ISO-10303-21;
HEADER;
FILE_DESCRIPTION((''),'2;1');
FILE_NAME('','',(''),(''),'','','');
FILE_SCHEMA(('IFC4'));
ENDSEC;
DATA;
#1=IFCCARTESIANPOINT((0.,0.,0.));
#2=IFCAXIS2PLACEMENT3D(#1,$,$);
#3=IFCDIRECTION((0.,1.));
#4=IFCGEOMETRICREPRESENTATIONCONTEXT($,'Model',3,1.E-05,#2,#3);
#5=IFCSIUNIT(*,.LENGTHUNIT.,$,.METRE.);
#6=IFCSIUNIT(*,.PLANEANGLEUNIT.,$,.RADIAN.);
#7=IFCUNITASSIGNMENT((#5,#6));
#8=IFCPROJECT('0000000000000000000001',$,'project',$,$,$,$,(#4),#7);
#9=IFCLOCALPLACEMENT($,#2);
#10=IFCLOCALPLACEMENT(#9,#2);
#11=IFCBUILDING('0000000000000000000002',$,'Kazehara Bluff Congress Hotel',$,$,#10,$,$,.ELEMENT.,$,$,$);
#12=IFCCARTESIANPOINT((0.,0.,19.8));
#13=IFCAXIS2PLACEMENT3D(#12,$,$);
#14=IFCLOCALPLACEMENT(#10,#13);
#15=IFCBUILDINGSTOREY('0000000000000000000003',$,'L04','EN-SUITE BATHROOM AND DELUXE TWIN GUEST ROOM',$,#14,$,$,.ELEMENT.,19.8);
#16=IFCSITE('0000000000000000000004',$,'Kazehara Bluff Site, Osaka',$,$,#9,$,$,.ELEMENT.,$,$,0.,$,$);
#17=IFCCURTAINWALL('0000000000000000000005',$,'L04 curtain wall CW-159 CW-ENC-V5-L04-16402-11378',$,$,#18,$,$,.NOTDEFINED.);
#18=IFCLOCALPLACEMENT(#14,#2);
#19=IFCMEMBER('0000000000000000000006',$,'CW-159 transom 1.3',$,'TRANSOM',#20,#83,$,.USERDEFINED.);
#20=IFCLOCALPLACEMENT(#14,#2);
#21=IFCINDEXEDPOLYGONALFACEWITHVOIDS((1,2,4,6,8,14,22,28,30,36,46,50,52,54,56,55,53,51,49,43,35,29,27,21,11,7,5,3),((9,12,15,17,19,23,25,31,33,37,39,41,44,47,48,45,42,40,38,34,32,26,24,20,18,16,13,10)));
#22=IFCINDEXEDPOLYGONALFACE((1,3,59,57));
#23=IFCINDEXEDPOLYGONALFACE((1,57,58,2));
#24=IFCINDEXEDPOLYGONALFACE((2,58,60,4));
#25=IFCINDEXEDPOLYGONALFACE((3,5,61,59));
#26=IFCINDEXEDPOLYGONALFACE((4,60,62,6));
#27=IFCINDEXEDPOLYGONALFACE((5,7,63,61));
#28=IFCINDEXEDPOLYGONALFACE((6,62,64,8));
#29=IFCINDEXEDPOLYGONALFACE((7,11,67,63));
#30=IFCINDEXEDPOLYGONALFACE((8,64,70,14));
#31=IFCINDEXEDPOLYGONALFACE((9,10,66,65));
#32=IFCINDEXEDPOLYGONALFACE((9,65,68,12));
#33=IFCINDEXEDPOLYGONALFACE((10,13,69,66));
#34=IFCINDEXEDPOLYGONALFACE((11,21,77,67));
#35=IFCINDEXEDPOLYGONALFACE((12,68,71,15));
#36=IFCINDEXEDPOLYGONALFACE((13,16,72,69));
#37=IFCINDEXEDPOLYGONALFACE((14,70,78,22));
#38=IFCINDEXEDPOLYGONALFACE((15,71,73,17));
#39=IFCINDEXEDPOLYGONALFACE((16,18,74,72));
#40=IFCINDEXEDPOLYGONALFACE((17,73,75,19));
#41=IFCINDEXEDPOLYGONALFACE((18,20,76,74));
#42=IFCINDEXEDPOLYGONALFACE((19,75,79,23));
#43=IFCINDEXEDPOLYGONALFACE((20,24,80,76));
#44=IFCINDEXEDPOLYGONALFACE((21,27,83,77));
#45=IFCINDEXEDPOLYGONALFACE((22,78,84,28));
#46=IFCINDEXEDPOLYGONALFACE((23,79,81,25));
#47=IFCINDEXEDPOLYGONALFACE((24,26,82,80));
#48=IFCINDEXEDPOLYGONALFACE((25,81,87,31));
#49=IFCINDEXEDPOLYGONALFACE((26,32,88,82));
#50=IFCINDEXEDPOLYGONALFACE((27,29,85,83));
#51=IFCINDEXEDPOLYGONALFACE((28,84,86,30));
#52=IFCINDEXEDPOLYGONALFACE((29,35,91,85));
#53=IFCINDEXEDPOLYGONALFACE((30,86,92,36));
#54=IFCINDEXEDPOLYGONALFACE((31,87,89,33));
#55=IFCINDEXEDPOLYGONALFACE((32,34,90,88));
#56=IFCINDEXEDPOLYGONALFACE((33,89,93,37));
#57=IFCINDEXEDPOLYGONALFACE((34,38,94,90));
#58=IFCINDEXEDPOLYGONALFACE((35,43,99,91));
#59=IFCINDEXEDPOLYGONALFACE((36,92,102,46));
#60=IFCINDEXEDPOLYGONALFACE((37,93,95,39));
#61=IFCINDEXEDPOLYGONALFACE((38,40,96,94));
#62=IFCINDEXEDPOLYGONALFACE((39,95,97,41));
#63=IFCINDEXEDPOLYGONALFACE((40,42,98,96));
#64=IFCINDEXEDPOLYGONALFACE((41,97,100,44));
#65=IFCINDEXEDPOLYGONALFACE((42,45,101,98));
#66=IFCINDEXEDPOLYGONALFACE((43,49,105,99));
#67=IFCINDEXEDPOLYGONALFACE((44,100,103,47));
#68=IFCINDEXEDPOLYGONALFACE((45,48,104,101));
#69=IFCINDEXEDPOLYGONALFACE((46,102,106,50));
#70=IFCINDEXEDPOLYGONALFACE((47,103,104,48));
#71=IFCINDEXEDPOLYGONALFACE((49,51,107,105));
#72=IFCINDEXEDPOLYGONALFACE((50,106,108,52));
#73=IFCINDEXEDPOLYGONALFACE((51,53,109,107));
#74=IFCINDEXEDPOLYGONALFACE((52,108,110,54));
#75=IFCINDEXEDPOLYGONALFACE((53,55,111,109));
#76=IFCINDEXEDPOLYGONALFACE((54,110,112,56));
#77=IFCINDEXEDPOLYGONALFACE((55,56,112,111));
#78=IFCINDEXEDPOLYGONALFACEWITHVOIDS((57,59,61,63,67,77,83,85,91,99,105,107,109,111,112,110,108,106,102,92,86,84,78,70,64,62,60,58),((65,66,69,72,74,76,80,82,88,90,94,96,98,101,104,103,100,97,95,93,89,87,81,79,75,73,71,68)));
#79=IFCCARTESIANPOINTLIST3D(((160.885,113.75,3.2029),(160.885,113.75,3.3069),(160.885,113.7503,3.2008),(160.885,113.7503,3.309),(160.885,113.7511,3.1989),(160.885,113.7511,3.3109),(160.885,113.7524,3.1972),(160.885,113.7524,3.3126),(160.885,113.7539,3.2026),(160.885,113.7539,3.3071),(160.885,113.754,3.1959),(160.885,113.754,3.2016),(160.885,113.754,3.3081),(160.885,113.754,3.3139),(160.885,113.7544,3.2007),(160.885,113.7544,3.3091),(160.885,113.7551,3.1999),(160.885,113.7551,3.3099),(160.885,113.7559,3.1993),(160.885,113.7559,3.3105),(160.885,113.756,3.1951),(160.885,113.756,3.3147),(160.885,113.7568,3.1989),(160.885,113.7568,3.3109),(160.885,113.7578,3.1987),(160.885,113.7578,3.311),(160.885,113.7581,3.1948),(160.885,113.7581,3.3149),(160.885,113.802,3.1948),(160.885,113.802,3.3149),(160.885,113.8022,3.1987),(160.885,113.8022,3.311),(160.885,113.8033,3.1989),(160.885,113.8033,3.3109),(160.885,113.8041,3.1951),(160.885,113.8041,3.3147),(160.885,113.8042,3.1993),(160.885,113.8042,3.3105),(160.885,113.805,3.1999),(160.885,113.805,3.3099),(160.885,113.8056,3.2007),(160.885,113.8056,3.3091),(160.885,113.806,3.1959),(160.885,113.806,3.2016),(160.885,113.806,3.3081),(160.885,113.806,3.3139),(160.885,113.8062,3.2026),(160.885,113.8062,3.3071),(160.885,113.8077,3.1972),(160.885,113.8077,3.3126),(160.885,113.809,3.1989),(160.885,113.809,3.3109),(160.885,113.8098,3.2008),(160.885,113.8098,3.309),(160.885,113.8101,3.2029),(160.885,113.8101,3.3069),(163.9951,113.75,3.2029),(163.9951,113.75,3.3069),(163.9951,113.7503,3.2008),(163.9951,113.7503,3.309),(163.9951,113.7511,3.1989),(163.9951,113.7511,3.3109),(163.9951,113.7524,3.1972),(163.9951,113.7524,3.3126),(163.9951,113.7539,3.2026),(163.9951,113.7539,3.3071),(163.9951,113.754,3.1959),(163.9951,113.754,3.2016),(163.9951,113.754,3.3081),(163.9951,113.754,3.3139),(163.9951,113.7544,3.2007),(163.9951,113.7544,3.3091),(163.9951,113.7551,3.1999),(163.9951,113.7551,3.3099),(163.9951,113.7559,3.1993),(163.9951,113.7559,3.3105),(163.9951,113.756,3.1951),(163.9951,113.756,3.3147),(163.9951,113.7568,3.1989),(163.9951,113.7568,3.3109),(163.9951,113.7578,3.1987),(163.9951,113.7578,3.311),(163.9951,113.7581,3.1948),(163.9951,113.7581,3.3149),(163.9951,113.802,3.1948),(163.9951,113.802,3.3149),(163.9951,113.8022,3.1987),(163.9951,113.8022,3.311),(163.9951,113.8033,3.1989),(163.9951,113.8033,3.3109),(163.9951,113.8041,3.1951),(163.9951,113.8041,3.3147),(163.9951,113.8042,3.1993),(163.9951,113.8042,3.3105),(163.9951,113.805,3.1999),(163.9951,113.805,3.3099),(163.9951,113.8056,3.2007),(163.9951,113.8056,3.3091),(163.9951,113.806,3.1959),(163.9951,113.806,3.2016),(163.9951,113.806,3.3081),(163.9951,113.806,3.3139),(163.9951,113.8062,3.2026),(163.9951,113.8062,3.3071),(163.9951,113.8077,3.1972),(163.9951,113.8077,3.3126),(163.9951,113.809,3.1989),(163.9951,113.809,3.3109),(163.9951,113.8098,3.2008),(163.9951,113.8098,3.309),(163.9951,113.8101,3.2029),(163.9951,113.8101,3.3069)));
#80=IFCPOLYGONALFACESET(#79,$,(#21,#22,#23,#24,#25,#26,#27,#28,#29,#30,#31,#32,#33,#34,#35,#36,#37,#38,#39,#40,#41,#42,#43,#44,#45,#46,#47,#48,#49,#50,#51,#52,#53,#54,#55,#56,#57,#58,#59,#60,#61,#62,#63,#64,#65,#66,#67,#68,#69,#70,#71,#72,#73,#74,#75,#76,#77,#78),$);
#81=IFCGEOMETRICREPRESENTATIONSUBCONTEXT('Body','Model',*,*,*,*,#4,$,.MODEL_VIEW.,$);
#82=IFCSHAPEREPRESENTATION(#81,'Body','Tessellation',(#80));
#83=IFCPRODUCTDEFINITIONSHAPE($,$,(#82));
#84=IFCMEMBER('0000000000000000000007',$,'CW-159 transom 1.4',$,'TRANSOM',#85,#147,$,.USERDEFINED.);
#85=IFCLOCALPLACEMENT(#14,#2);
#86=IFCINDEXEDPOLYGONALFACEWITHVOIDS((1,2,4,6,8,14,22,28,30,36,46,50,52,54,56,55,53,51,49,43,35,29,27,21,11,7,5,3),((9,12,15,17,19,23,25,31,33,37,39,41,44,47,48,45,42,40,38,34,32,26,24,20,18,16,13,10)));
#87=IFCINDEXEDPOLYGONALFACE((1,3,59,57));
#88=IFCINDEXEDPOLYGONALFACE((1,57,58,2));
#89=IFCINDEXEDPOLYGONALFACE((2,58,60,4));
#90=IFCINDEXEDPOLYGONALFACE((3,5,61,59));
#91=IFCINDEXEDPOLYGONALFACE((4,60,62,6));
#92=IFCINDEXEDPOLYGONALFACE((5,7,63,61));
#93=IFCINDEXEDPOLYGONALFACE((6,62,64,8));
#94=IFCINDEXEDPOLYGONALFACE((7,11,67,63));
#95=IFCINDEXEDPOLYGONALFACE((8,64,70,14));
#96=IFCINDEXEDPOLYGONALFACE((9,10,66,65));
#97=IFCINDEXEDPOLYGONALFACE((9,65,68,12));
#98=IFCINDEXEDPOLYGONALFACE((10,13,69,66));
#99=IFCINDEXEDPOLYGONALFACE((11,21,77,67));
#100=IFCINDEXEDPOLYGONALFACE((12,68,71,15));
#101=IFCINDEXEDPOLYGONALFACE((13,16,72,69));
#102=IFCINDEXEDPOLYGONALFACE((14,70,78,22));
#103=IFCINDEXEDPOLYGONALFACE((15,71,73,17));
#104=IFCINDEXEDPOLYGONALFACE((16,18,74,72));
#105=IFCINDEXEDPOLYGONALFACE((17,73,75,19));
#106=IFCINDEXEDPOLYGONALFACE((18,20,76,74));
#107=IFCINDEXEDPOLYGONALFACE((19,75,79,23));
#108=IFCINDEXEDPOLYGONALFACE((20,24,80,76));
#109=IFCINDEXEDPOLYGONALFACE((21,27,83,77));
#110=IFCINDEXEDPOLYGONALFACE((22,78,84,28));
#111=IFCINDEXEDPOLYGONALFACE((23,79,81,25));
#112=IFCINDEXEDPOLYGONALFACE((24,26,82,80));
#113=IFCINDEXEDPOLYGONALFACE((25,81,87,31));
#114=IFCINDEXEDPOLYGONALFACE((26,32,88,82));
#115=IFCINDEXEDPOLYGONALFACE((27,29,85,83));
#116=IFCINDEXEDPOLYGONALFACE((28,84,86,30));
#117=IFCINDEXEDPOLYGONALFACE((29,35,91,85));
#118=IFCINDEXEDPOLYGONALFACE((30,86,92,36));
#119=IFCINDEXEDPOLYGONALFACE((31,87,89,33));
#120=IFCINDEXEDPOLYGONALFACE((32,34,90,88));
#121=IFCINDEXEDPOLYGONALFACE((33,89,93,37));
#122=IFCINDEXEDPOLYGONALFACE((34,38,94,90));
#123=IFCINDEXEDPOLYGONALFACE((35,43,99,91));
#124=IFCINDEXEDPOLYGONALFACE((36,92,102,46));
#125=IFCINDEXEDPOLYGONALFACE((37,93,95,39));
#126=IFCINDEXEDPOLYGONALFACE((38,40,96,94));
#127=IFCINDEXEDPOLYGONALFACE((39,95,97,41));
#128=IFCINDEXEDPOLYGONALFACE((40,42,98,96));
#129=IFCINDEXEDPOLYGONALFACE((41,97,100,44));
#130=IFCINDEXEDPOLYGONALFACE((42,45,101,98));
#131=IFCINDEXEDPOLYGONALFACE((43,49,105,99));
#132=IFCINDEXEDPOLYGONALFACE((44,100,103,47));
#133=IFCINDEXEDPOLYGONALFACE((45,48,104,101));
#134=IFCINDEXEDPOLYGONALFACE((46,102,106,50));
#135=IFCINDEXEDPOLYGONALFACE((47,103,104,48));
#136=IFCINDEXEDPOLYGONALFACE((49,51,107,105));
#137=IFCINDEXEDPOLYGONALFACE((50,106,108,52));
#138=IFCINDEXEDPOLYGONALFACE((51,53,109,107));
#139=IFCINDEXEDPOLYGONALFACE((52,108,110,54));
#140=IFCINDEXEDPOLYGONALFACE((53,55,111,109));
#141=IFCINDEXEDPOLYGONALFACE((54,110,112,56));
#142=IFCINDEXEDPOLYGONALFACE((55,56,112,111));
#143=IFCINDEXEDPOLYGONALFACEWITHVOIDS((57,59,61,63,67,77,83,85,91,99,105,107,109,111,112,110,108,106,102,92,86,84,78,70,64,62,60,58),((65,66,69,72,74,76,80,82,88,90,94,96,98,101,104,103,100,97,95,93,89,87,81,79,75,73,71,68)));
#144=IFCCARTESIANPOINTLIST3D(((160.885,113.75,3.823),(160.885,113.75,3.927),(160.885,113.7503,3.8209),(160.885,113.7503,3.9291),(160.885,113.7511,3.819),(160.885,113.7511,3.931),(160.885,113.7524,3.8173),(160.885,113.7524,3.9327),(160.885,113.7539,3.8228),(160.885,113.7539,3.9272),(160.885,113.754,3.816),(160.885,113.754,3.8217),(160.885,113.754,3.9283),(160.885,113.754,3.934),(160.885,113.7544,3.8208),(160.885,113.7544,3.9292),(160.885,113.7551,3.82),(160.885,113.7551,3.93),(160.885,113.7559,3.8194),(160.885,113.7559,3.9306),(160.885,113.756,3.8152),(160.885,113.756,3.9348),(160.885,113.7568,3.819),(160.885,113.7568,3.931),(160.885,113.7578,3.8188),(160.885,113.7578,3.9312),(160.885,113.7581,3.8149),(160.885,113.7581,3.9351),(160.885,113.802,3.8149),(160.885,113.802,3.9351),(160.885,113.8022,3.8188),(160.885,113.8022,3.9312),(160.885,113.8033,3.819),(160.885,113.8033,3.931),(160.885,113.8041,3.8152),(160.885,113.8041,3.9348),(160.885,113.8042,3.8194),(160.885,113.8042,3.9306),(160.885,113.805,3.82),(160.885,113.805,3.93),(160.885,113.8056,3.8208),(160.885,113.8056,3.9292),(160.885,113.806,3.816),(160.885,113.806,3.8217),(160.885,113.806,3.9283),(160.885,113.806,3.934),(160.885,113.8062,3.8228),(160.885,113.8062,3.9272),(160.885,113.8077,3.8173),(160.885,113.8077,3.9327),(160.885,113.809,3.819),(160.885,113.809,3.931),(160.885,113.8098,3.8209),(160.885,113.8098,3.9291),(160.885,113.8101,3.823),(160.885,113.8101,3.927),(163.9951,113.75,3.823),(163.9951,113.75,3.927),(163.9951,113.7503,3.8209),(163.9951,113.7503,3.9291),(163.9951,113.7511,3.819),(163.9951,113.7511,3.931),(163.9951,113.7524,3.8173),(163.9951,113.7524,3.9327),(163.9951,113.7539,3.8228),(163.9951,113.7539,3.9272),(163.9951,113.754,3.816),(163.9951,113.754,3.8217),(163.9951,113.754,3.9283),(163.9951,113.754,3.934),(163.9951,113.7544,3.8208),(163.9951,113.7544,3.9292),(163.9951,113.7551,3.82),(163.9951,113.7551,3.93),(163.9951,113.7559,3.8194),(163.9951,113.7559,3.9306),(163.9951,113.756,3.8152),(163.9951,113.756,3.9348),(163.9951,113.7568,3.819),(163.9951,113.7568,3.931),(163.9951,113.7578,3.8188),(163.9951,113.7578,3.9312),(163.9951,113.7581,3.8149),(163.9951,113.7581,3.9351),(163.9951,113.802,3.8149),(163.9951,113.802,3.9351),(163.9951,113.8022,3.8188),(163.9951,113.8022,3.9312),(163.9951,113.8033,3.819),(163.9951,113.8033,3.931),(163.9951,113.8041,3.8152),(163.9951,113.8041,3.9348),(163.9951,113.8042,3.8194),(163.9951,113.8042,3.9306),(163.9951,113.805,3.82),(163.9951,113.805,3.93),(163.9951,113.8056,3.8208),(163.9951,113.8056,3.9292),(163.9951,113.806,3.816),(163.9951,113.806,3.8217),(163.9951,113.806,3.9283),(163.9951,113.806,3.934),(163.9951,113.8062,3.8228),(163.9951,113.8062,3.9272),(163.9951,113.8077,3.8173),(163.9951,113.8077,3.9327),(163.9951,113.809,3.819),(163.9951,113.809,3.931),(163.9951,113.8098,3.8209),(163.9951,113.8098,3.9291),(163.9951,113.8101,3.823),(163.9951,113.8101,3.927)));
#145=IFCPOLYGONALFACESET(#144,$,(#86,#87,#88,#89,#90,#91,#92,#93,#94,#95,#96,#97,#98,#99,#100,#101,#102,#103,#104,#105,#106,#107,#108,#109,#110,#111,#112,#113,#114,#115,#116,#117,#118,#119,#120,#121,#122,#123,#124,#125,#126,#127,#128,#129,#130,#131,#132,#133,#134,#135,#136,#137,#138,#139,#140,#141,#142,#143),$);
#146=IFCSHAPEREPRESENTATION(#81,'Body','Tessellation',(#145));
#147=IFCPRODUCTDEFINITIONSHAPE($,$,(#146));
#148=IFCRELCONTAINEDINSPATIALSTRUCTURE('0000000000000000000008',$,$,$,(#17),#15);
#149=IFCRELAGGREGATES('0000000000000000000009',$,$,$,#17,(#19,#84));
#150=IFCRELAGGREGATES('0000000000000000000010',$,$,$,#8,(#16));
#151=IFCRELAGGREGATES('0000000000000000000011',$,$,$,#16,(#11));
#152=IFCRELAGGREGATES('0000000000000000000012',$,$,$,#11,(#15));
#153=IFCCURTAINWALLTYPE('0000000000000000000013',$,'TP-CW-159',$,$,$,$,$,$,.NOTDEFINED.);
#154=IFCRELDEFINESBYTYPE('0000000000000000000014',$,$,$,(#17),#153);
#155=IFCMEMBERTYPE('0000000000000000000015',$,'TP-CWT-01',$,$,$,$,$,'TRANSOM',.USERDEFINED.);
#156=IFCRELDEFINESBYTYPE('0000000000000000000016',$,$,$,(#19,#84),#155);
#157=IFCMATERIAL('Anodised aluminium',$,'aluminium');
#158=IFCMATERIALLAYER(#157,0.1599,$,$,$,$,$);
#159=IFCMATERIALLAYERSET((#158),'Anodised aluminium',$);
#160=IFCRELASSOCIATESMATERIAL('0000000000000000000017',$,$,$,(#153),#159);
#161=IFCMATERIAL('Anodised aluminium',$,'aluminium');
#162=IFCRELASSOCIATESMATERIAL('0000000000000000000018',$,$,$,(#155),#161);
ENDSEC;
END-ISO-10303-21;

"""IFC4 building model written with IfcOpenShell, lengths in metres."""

from ifc_helpers import new_model, si_unit, direction, frame, origin, origin_2d, place, context, subcontext, project, spatial, hollow_rectangle, extrude, material, layer, layer_set, material_profile, profile_set, type_object, element, aggregate, save


model = new_model("IFC4")

# Units and contexts
model_context = context("Model", 3, precision=1e-05, world=origin(), true_north=direction((0.0, 1.0)))
body_context = subcontext(model_context, "Body", "Model", "MODEL_VIEW")
ifc_project = project(units=[si_unit("LENGTHUNIT", "METRE"), si_unit("PLANEANGLEUNIT", "RADIAN")], contexts=[model_context])

# Site, building, storey
site_placement = place(None, origin())
site = spatial("IfcSite", under=ifc_project, at=site_placement, Name="Kazehara Bluff Site, Osaka", CompositionType="ELEMENT", RefElevation=0.0)
building_placement = place(site_placement, origin())
building = spatial("IfcBuilding", under=site, at=building_placement, Name="Kazehara Bluff Congress Hotel", CompositionType="ELEMENT")
storey_placement = place(building_placement, frame((0.0, 0.0, 19.8)))
storey = spatial("IfcBuildingStorey", under=building, at=storey_placement, Name="L04", Description="EN-SUITE BATHROOM AND DELUXE TWIN GUEST ROOM", CompositionType="ELEMENT", Elevation=19.8)

# Curtain wall
ifc_material_1 = material(Name="Anodised aluminium", Category="aluminium")
ifc_layer_1 = layer(ifc_material_1, 0.1599)
ifc_layer_set_1 = layer_set([ifc_layer_1], Name="Anodised aluminium")
curtain_wall_type_1 = type_object("IfcCurtainWallType", Name="TP-CW-159", PredefinedType="NOTDEFINED", material=ifc_layer_set_1)
curtain_wall_1_placement = place(storey_placement, origin())
curtain_wall_1 = element("IfcCurtainWall", 1, at=curtain_wall_1_placement, inside=storey, type_object=curtain_wall_type_1, Name="L04 curtain wall CW-159 CW-ENC-V5-L04-16402-11378", PredefinedType="NOTDEFINED")

# Members
ifc_material_2 = material(Name="Anodised aluminium", Category="aluminium")
ifc_material_profile_1 = material_profile(ifc_material_2, hollow_rectangle(XDim=0.0601, YDim=0.1201, WallThickness=0.0039, InnerFilletRadius=0.0039, OuterFilletRadius=0.0081, at=origin_2d()))
ifc_profile_set_1 = profile_set([ifc_material_profile_1], Name="Anodised aluminium")
member_type_1 = type_object("IfcMemberType", Name="TP-CWT-01", ElementType="TRANSOM", PredefinedType="USERDEFINED", material=ifc_profile_set_1)
member_1_placement = place(storey_placement, frame((160.885, 113.78, 3.2549), z_axis=(1.0, 0.0, 0.0), x_axis=(0.0, 1.0, 0.0)))
member_1 = element("IfcMember", 2, at=member_1_placement, type_object=member_type_1, Name="CW-159 transom 1.3", ObjectType="TRANSOM", PredefinedType="USERDEFINED", context=body_context, shape_type="SweptSolid", body=[
    extrude(hollow_rectangle(XDim=0.0601, YDim=0.1201, WallThickness=0.0039, InnerFilletRadius=0.0039, OuterFilletRadius=0.0081, at=origin_2d()), origin(), (0.0, 0.0, 1.0), 3.1101),
])
member_2_placement = place(storey_placement, frame((160.885, 113.78, 3.875), z_axis=(1.0, 0.0, 0.0), x_axis=(0.0, 1.0, 0.0)))
member_2 = element("IfcMember", 3, at=member_2_placement, type_object=member_type_1, Name="CW-159 transom 1.4", ObjectType="TRANSOM", PredefinedType="USERDEFINED", context=body_context, shape_type="SweptSolid", body=[
    extrude(hollow_rectangle(XDim=0.0601, YDim=0.1201, WallThickness=0.0039, InnerFilletRadius=0.0039, OuterFilletRadius=0.0081, at=origin_2d()), origin(), (0.0, 0.0, 1.0), 3.1101),
])

aggregate(curtain_wall_1, [member_1, member_2])

save(model, "model.ifc")
